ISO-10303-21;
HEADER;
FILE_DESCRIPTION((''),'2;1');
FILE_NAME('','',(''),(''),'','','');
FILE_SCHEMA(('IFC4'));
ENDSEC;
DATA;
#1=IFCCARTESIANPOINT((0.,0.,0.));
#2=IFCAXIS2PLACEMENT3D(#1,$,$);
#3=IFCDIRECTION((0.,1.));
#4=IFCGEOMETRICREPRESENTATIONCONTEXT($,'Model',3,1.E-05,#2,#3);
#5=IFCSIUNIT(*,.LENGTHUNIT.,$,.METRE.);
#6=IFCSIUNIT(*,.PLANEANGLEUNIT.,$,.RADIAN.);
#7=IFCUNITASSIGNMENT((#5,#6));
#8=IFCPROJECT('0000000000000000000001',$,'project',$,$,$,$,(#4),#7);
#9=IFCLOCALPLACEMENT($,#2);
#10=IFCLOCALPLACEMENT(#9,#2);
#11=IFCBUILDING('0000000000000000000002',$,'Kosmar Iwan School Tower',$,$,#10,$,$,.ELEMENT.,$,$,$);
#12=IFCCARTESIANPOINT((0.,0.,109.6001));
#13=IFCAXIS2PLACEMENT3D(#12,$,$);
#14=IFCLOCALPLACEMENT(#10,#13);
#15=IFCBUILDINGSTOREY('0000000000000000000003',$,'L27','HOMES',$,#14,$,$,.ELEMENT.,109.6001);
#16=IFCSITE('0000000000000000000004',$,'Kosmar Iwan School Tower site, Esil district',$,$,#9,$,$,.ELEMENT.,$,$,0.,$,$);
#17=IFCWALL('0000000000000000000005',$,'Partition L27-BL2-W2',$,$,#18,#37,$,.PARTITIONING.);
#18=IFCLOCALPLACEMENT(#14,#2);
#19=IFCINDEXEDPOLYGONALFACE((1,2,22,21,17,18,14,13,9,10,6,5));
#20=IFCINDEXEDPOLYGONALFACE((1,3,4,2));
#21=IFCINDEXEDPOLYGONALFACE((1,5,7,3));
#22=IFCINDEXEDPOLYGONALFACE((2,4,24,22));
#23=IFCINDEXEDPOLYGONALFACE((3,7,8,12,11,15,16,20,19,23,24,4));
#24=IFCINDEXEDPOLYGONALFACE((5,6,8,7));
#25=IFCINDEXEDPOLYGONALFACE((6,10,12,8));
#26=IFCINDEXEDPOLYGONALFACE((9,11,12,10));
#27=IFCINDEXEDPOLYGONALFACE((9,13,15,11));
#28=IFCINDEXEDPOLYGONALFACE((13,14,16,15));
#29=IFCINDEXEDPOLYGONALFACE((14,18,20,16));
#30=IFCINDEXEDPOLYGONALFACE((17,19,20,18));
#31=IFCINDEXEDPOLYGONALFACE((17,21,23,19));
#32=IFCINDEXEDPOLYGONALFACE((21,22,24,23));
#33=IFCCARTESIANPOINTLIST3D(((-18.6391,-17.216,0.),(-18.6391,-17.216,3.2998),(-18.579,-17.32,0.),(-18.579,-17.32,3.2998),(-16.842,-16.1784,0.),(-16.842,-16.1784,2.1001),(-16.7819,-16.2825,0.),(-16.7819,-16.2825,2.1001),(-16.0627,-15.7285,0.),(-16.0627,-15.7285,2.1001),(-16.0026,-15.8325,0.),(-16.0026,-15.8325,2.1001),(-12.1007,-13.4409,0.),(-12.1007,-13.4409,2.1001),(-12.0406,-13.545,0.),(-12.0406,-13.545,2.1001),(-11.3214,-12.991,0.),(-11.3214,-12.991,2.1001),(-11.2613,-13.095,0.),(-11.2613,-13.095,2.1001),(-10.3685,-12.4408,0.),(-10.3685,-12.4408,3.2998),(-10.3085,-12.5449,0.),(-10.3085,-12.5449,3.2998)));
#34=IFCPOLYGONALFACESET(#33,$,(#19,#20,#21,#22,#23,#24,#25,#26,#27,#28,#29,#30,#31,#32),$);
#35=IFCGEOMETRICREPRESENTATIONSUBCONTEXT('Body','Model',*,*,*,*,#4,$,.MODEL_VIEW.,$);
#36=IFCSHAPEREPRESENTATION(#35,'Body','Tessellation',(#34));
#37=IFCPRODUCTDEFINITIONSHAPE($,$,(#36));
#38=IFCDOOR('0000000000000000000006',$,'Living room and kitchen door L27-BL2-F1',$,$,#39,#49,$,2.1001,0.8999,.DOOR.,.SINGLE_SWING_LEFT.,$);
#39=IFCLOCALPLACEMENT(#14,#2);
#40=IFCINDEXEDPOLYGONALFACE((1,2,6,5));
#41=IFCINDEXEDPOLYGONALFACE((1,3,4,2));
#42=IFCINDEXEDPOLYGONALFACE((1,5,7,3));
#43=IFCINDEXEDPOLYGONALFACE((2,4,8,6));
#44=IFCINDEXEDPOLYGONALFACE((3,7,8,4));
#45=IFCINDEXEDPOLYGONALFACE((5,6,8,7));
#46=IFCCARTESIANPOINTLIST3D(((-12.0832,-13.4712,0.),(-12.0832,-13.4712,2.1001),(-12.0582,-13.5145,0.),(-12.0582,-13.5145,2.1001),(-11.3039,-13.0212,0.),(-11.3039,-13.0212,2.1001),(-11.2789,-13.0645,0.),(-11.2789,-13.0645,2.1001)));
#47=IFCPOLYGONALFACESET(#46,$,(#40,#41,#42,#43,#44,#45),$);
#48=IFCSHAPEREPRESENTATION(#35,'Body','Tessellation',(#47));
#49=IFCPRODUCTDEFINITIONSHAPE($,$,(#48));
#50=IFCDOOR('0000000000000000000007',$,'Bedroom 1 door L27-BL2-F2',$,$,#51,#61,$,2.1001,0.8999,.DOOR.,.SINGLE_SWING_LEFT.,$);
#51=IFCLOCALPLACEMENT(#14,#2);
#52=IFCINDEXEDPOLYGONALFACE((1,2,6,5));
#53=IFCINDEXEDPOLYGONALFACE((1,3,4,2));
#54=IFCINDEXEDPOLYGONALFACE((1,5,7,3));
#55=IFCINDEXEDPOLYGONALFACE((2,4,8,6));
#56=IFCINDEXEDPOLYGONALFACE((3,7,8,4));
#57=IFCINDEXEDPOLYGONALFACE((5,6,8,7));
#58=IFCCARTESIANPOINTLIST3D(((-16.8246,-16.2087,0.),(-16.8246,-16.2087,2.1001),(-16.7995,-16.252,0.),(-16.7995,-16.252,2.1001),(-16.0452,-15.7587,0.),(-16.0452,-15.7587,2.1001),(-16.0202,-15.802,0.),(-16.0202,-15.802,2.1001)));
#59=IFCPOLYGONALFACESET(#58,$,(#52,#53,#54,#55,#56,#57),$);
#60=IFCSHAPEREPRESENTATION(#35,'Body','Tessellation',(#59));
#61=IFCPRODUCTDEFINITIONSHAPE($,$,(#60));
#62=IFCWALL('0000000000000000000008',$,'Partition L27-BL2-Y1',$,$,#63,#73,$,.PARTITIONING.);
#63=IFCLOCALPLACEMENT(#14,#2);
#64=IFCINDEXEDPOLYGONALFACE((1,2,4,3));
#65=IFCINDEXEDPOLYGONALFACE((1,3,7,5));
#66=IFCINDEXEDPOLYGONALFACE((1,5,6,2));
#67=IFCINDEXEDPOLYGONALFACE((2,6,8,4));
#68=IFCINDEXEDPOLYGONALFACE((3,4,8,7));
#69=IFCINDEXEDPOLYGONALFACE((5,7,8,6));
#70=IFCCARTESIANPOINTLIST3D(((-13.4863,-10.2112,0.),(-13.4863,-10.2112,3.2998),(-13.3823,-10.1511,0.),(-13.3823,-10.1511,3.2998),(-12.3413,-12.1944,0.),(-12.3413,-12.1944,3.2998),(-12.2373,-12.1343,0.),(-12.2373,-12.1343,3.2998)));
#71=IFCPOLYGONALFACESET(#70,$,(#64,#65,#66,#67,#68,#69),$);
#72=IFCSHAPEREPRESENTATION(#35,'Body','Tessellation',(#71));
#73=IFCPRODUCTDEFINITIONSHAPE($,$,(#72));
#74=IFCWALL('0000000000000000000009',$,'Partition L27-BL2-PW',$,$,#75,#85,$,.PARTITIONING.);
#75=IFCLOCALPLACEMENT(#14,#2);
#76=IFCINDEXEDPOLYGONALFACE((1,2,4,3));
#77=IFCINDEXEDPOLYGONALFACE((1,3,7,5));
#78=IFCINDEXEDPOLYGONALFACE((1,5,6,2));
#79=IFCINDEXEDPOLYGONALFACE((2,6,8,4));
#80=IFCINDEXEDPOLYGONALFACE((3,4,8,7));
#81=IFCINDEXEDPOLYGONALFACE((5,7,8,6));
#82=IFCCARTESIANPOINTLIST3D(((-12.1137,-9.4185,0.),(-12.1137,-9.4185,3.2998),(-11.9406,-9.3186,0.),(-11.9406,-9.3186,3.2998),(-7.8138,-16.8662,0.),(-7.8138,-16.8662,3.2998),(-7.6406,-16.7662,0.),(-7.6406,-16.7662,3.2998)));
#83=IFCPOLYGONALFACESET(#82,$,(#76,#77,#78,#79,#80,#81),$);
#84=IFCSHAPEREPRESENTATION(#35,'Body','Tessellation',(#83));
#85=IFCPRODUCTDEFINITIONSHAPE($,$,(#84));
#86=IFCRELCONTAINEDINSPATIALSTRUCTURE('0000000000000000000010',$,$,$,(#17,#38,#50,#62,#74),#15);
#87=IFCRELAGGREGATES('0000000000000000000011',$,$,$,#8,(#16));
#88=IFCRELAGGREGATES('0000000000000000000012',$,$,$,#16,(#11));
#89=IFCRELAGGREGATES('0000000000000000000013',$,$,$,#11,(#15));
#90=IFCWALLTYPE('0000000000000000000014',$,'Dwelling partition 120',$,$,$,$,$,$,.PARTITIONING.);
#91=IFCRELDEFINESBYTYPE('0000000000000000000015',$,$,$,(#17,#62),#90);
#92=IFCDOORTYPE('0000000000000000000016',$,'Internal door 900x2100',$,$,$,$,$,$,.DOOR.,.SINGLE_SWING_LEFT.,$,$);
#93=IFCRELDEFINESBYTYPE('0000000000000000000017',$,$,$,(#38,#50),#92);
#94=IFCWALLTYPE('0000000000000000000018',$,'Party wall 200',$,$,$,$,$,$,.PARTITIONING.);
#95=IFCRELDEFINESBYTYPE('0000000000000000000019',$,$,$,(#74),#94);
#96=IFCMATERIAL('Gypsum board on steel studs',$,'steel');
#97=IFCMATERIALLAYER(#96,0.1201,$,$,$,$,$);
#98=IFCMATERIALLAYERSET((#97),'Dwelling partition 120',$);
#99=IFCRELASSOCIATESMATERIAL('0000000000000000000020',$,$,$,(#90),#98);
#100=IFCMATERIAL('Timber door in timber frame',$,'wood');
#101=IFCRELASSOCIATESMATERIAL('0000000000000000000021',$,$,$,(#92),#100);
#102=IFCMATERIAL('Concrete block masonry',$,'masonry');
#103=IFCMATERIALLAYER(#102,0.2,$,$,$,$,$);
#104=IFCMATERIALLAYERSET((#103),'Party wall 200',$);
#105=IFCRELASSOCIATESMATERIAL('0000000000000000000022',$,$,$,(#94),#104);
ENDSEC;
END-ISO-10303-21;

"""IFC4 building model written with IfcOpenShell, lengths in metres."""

from ifc_helpers import new_model, si_unit, direction, frame, frame_2d, origin, place, context, subcontext, project, spatial, rectangle, extrude, material, layer, layer_set, type_object, element, fill, save


model = new_model("IFC4")

# Units and contexts
model_context = context("Model", 3, precision=1e-05, world=origin(), true_north=direction((0.0, 1.0)))
body_context = subcontext(model_context, "Body", "Model", "MODEL_VIEW")
ifc_project = project(units=[si_unit("LENGTHUNIT", "METRE"), si_unit("PLANEANGLEUNIT", "RADIAN")], contexts=[model_context])

# Site, building, storey
site_placement = place(None, origin())
site = spatial("IfcSite", under=ifc_project, at=site_placement, Name="Kosmar Iwan School Tower site, Esil district", CompositionType="ELEMENT", RefElevation=0.0)
building_placement = place(site_placement, origin())
building = spatial("IfcBuilding", under=site, at=building_placement, Name="Kosmar Iwan School Tower", CompositionType="ELEMENT")
storey_placement = place(building_placement, frame((0.0, 0.0, 109.6001)))
storey = spatial("IfcBuildingStorey", under=building, at=storey_placement, Name="L27", Description="HOMES", CompositionType="ELEMENT", Elevation=109.6001)

# Shared definitions
ifc_material_1 = material(Name="Gypsum board on steel studs", Category="steel")
ifc_layer_1 = layer(ifc_material_1, 0.1201)
ifc_layer_set_1 = layer_set([ifc_layer_1], Name="Dwelling partition 120")
wall_type_1 = type_object("IfcWallType", Name="Dwelling partition 120", PredefinedType="PARTITIONING", material=ifc_layer_set_1)
ifc_material_2 = material(Name="Timber door in timber frame", Category="wood")
door_type_1 = type_object("IfcDoorType", Name="Internal door 900x2100", OperationType="SINGLE_SWING_LEFT", PredefinedType="DOOR", material=ifc_material_2)

# Wall, openings, doors
wall_1_placement = place(storey_placement, frame((-10.3386, -12.4929, 0.0), z_axis=(0.0, 0.0, 1.0), x_axis=(-0.866018, -0.500013, 0.0)))
wall_1 = element("IfcWall", 1, at=wall_1_placement, inside=storey, type_object=wall_type_1, Name="Partition L27-BL2-W2", PredefinedType="PARTITIONING", context=body_context, shape_type="SweptSolid", body=[
    extrude(rectangle(XDim=9.55, YDim=0.1201, at=frame_2d((4.7749, 0.0))), origin(), (0.0, 0.0, 1.0), 3.2998),
])
opening_1_placement = place(wall_1_placement, frame((1.1001, 0.0, 0.0)))
opening_1 = element("IfcOpeningElement", 2, at=opening_1_placement, cuts=wall_1, PredefinedType="OPENING", context=body_context, shape_type="SweptSolid", body=[
    extrude(rectangle(XDim=0.8999, YDim=2.1001, at=frame_2d((0.45, 1.05))), frame((0.0, 0.072, 0.0), z_axis=(0.0, -1.0, 0.0), x_axis=(1.0, 0.0, 0.0)), (0.0, 0.0, 1.0), 0.144),
])
opening_2_placement = place(wall_1_placement, frame((6.575, 0.0, 0.0)))
opening_2 = element("IfcOpeningElement", 3, at=opening_2_placement, cuts=wall_1, PredefinedType="OPENING", context=body_context, shape_type="SweptSolid", body=[
    extrude(rectangle(XDim=0.8999, YDim=2.1001, at=frame_2d((0.45, 1.05))), frame((0.0, 0.072, 0.0), z_axis=(0.0, -1.0, 0.0), x_axis=(1.0, 0.0, 0.0)), (0.0, 0.0, 1.0), 0.144),
])
door_1_placement = place(opening_1_placement, origin())
door_1 = element("IfcDoor", 4, at=door_1_placement, inside=storey, type_object=door_type_1, Name="Living room and kitchen door L27-BL2-F1", OperationType="SINGLE_SWING_LEFT", OverallHeight=2.1001, OverallWidth=0.8999, PredefinedType="DOOR", context=body_context, shape_type="SweptSolid", body=[
    extrude(rectangle(XDim=0.8999, YDim=2.1001, at=frame_2d((0.45, 1.05))), frame((0.0, 0.0249, 0.0), z_axis=(0.0, -1.0, 0.0), x_axis=(1.0, 0.0, 0.0)), (0.0, 0.0, 1.0), 0.05),
])
fill(opening_1, door_1)
door_2_placement = place(opening_2_placement, origin())
door_2 = element("IfcDoor", 5, at=door_2_placement, inside=storey, type_object=door_type_1, Name="Bedroom 1 door L27-BL2-F2", OperationType="SINGLE_SWING_LEFT", OverallHeight=2.1001, OverallWidth=0.8999, PredefinedType="DOOR", context=body_context, shape_type="SweptSolid", body=[
    extrude(rectangle(XDim=0.8999, YDim=2.1001, at=frame_2d((0.45, 1.05))), frame((0.0, 0.0249, 0.0), z_axis=(0.0, -1.0, 0.0), x_axis=(1.0, 0.0, 0.0)), (0.0, 0.0, 1.0), 0.05),
])
fill(opening_2, door_2)

# Walls
wall_2_placement = place(storey_placement, frame((-13.4343, -10.1812, 0.0), z_axis=(0.0, 0.0, 1.0), x_axis=(0.500015, -0.866017, 0.0)))
element("IfcWall", 6, at=wall_2_placement, inside=storey, type_object=wall_type_1, Name="Partition L27-BL2-Y1", PredefinedType="PARTITIONING", context=body_context, shape_type="SweptSolid", body=[
    extrude(rectangle(XDim=2.29, YDim=0.1201, at=frame_2d((1.145, 0.0))), origin(), (0.0, 0.0, 1.0), 3.2998),
])
ifc_material_3 = material(Name="Concrete block masonry", Category="masonry")
ifc_layer_2 = layer(ifc_material_3, 0.2)
ifc_layer_set_2 = layer_set([ifc_layer_2], Name="Party wall 200")
wall_type_2 = type_object("IfcWallType", Name="Party wall 200", PredefinedType="PARTITIONING", material=ifc_layer_set_2)
wall_3_placement = place(storey_placement, frame((-12.0271, -9.3687, 0.0), z_axis=(0.0, 0.0, 1.0), x_axis=(0.500008, -0.866021, 0.0)))
element("IfcWall", 7, at=wall_3_placement, inside=storey, type_object=wall_type_2, Name="Partition L27-BL2-PW", PredefinedType="PARTITIONING", context=body_context, shape_type="SweptSolid", body=[
    extrude(rectangle(XDim=8.5999, YDim=0.2, at=frame_2d((4.2998, 0.0))), origin(), (0.0, 0.0, 1.0), 3.2998),
])

save(model, "model.ifc")
